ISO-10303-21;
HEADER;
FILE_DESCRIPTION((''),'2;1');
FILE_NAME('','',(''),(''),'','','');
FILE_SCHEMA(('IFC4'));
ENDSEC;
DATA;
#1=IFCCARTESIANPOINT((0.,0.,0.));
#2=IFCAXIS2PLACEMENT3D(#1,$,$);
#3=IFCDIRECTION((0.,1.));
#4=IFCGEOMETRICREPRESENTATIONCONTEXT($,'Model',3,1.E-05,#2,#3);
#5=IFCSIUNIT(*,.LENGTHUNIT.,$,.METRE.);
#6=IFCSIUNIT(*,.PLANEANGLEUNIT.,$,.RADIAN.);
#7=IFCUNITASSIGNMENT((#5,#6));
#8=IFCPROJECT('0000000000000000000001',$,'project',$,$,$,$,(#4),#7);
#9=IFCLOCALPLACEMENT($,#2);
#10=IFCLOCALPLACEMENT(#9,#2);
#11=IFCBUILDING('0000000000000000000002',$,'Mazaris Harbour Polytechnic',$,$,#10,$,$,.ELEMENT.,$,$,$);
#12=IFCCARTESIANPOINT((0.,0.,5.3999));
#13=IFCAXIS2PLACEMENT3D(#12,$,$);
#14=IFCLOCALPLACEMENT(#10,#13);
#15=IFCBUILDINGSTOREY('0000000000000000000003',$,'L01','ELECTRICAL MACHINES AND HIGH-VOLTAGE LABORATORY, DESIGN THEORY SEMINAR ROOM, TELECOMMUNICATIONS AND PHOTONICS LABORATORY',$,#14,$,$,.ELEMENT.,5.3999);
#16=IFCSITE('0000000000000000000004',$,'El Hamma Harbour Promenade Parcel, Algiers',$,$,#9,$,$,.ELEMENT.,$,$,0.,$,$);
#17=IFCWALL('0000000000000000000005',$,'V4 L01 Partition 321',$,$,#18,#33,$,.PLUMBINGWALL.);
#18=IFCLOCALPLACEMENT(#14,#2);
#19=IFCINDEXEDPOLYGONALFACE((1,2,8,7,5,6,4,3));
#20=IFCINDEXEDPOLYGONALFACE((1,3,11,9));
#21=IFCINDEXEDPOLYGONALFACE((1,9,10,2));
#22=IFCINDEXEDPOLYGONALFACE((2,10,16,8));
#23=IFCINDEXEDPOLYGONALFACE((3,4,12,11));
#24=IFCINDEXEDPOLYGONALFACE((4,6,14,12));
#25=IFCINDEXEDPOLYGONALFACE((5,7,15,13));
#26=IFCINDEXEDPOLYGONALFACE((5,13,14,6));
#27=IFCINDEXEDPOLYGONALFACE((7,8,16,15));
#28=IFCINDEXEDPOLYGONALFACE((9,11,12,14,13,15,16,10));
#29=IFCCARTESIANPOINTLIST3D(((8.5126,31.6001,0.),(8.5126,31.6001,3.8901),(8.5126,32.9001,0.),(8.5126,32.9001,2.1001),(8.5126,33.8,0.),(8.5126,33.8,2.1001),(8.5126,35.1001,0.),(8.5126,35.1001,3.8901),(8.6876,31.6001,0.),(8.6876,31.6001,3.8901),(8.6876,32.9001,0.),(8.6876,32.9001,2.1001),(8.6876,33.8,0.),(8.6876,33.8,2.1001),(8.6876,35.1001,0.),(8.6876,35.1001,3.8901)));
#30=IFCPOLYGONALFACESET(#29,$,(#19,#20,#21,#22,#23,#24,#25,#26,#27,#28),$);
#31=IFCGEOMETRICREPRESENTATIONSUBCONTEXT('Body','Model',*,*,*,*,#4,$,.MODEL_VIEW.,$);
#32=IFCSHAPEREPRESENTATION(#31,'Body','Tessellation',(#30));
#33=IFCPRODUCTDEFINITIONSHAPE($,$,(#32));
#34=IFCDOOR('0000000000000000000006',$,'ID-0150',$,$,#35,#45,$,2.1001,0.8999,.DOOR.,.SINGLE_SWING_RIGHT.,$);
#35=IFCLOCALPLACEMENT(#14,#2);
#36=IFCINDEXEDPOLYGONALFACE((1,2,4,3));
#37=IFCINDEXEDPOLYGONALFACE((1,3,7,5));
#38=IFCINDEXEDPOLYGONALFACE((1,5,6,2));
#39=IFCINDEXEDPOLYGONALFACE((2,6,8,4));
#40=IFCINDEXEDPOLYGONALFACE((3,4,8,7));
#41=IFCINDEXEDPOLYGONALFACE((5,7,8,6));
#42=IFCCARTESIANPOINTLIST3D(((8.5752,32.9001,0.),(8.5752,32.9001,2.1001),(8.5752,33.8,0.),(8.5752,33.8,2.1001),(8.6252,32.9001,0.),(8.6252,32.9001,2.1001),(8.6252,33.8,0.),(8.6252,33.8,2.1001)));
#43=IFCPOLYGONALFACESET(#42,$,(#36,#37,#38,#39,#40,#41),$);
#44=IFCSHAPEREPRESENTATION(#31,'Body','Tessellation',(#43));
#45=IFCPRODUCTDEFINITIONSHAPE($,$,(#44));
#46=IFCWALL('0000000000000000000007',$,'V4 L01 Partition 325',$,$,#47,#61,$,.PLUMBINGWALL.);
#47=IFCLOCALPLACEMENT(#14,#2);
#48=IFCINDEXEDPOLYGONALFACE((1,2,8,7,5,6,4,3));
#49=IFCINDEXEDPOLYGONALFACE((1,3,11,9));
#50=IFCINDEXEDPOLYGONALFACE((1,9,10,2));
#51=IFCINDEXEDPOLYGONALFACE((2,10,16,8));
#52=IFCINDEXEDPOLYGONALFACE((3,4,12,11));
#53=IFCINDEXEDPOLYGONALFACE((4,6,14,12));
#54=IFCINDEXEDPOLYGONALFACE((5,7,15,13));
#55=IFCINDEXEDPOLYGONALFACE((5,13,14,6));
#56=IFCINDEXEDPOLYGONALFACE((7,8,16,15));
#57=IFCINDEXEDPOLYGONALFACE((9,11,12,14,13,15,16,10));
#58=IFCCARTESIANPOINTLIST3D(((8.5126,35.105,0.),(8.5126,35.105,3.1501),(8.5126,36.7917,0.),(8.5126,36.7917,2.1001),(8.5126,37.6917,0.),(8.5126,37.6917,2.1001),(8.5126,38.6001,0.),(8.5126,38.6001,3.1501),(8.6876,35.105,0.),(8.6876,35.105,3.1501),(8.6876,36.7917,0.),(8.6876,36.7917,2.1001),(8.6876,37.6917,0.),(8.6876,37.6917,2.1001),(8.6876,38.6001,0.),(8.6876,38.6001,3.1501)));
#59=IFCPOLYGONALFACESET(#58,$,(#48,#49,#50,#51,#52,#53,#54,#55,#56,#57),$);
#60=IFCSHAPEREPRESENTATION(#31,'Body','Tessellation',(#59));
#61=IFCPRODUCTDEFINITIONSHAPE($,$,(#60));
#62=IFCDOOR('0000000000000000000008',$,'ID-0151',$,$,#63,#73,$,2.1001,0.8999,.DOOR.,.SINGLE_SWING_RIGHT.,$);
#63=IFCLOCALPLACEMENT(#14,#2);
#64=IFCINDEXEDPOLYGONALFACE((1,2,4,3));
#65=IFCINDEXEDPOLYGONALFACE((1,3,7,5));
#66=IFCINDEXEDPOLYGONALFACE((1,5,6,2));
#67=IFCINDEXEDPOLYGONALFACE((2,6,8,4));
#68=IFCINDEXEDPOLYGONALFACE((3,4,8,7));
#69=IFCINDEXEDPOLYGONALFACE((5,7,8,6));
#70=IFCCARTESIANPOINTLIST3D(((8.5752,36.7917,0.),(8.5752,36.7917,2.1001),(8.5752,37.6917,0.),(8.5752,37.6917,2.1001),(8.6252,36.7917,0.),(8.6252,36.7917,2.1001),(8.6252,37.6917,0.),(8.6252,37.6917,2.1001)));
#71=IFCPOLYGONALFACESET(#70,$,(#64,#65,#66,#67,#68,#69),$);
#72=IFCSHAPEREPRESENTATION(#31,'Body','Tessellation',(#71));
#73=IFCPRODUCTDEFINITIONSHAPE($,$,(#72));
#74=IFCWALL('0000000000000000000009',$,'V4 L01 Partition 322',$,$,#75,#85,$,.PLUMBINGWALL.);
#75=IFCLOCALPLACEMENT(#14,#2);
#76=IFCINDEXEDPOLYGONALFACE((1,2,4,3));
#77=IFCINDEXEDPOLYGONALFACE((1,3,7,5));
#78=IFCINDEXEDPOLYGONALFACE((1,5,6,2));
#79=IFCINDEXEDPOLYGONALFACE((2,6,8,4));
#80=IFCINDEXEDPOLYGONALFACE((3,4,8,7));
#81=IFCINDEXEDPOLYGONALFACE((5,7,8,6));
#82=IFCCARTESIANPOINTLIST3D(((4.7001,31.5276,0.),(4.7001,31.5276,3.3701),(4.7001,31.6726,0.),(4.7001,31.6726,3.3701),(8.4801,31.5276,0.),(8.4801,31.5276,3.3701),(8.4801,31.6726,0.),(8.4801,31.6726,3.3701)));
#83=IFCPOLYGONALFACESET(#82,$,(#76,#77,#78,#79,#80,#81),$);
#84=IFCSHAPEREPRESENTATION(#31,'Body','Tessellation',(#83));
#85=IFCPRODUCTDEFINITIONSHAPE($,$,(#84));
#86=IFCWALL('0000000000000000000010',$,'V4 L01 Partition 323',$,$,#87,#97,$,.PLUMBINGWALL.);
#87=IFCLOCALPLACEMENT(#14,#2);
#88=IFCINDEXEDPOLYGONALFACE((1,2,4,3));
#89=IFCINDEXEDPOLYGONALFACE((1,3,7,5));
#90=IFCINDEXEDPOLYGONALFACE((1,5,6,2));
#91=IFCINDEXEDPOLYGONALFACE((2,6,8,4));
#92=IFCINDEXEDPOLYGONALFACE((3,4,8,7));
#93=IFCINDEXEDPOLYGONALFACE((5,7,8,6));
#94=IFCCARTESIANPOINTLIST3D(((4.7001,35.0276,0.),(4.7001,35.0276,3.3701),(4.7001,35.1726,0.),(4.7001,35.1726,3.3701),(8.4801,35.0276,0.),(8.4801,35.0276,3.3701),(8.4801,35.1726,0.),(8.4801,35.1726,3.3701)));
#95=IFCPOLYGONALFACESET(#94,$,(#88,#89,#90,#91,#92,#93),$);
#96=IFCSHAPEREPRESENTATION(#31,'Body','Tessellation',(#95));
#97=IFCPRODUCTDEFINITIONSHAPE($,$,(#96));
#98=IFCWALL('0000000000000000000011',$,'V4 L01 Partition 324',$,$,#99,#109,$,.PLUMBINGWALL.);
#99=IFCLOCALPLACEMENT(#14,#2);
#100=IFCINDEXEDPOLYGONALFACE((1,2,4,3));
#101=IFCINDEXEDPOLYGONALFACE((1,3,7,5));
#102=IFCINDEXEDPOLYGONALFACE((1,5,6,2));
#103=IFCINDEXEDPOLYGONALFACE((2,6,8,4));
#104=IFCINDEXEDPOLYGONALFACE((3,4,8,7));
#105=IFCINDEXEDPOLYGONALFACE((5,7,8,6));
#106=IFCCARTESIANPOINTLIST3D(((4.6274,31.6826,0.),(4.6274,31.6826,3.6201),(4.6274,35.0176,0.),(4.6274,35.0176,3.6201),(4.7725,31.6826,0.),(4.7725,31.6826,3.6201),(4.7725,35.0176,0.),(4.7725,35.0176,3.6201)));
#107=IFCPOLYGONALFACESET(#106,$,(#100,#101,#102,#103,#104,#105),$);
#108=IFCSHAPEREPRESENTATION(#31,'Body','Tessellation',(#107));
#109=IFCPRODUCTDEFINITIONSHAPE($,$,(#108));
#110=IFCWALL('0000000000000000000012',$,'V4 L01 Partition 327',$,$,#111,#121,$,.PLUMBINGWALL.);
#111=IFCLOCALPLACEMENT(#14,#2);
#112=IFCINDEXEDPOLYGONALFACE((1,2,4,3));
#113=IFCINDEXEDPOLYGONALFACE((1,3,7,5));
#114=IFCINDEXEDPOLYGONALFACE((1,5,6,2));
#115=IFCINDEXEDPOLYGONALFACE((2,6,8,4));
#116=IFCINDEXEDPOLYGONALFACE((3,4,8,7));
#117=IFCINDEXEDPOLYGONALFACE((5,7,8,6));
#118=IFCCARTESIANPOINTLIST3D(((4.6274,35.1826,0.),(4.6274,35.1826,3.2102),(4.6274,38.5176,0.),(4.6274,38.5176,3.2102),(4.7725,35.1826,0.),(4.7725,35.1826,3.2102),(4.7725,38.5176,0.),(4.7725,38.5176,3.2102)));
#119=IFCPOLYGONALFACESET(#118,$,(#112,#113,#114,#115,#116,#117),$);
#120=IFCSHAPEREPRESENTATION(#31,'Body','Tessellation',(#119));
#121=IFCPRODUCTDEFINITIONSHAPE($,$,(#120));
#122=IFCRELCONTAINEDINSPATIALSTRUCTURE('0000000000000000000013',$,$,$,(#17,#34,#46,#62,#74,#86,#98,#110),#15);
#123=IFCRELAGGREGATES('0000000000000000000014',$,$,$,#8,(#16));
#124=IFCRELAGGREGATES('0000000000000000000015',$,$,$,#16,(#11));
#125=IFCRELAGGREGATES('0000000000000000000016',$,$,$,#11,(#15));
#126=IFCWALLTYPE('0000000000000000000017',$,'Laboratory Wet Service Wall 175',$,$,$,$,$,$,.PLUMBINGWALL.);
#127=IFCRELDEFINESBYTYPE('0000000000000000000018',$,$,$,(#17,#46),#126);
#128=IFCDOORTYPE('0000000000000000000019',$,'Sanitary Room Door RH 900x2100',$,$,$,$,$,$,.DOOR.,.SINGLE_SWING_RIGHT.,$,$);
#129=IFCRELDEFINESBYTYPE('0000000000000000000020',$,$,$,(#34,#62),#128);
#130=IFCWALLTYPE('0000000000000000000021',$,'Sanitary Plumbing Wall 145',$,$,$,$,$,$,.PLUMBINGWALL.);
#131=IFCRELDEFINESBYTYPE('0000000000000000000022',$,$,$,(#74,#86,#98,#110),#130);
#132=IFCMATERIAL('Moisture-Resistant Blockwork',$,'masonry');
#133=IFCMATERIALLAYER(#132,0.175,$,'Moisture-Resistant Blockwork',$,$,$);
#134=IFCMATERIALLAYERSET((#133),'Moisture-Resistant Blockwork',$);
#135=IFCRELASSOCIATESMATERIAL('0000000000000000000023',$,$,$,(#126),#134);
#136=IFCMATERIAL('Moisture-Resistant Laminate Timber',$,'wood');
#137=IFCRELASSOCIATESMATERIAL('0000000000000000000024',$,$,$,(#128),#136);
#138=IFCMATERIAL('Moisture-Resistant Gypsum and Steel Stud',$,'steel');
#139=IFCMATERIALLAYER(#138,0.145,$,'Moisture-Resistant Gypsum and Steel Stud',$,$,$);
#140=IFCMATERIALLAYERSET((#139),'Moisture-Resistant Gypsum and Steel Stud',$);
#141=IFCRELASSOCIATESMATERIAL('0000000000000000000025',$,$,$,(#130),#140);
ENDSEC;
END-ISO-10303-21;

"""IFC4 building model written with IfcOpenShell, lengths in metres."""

from ifc_helpers import new_model, si_unit, direction, frame, frame_2d, origin, place, context, subcontext, project, spatial, rectangle, extrude, material, layer, layer_set, type_object, element, fill, save


model = new_model("IFC4")

# Units and contexts
model_context = context("Model", 3, precision=1e-05, world=origin(), true_north=direction((0.0, 1.0)))
body_context = subcontext(model_context, "Body", "Model", "MODEL_VIEW")
ifc_project = project(units=[si_unit("LENGTHUNIT", "METRE"), si_unit("PLANEANGLEUNIT", "RADIAN")], contexts=[model_context])

# Site, building, storey
site_placement = place(None, origin())
site = spatial("IfcSite", under=ifc_project, at=site_placement, Name="El Hamma Harbour Promenade Parcel, Algiers", CompositionType="ELEMENT", RefElevation=0.0)
building_placement = place(site_placement, origin())
building = spatial("IfcBuilding", under=site, at=building_placement, Name="Mazaris Harbour Polytechnic", CompositionType="ELEMENT")
storey_placement = place(building_placement, frame((0.0, 0.0, 5.3999)))
storey = spatial("IfcBuildingStorey", under=building, at=storey_placement, Name="L01", Description="ELECTRICAL MACHINES AND HIGH-VOLTAGE LABORATORY, DESIGN THEORY SEMINAR ROOM, TELECOMMUNICATIONS AND PHOTONICS LABORATORY", CompositionType="ELEMENT", Elevation=5.3999)

# Walls, openings, doors
ifc_material_1 = material(Name="Moisture-Resistant Blockwork", Category="masonry")
ifc_layer_1 = layer(ifc_material_1, 0.175, Name="Moisture-Resistant Blockwork")
ifc_layer_set_1 = layer_set([ifc_layer_1], Name="Moisture-Resistant Blockwork")
wall_type_1 = type_object("IfcWallType", Name="Laboratory Wet Service Wall 175", PredefinedType="PLUMBINGWALL", material=ifc_layer_set_1)
wall_1_placement = place(storey_placement, frame((8.6001, 31.6001, 0.0), z_axis=(0.0, 0.0, 1.0), x_axis=(0.0, 1.0, 0.0)))
wall_1 = element("IfcWall", 1, at=wall_1_placement, inside=storey, type_object=wall_type_1, Name="V4 L01 Partition 321", PredefinedType="PLUMBINGWALL", context=body_context, shape_type="SweptSolid", body=[
    extrude(rectangle(XDim=3.5, YDim=0.175, at=frame_2d((1.75, 0.0))), origin(), (0.0, 0.0, 1.0), 3.8901),
])
opening_1_placement = place(wall_1_placement, frame((1.3, 0.0, 0.0)))
opening_1 = element("IfcOpeningElement", 2, at=opening_1_placement, cuts=wall_1, PredefinedType="OPENING", context=body_context, shape_type="SweptSolid", body=[
    extrude(rectangle(XDim=0.8999, YDim=2.1001, at=frame_2d((0.45, 1.05))), frame((0.0, 0.0974, 0.0), z_axis=(0.0, -1.0, 0.0), x_axis=(1.0, 0.0, 0.0)), (0.0, 0.0, 1.0), 0.1951),
])
ifc_material_2 = material(Name="Moisture-Resistant Laminate Timber", Category="wood")
door_type_1 = type_object("IfcDoorType", Name="Sanitary Room Door RH 900x2100", OperationType="SINGLE_SWING_RIGHT", PredefinedType="DOOR", material=ifc_material_2)
door_1_placement = place(opening_1_placement, origin())
door_1 = element("IfcDoor", 3, at=door_1_placement, inside=storey, type_object=door_type_1, Name="ID-0150", OperationType="SINGLE_SWING_RIGHT", OverallHeight=2.1001, OverallWidth=0.8999, PredefinedType="DOOR", context=body_context, shape_type="SweptSolid", body=[
    extrude(rectangle(XDim=0.8999, YDim=2.1001, at=frame_2d((0.45, 1.05))), frame((0.0, 0.0249, 0.0), z_axis=(0.0, -1.0, 0.0), x_axis=(1.0, 0.0, 0.0)), (0.0, 0.0, 1.0), 0.05),
])
fill(opening_1, door_1)
wall_2_placement = place(storey_placement, frame((8.6001, 35.105, 0.0), z_axis=(0.0, 0.0, 1.0), x_axis=(0.0, 1.0, 0.0)))
wall_2 = element("IfcWall", 4, at=wall_2_placement, inside=storey, type_object=wall_type_1, Name="V4 L01 Partition 325", PredefinedType="PLUMBINGWALL", context=body_context, shape_type="SweptSolid", body=[
    extrude(rectangle(XDim=3.4951, YDim=0.175, at=frame_2d((1.7476, 0.0))), origin(), (0.0, 0.0, 1.0), 3.1501),
])
opening_2_placement = place(wall_2_placement, frame((1.6868, 0.0, 0.0)))
opening_2 = element("IfcOpeningElement", 5, at=opening_2_placement, cuts=wall_2, PredefinedType="OPENING", context=body_context, shape_type="SweptSolid", body=[
    extrude(rectangle(XDim=0.8999, YDim=2.1001, at=frame_2d((0.45, 1.05))), frame((0.0, 0.0974, 0.0), z_axis=(0.0, -1.0, 0.0), x_axis=(1.0, 0.0, 0.0)), (0.0, 0.0, 1.0), 0.1951),
])
door_2_placement = place(opening_2_placement, origin())
door_2 = element("IfcDoor", 6, at=door_2_placement, inside=storey, type_object=door_type_1, Name="ID-0151", OperationType="SINGLE_SWING_RIGHT", OverallHeight=2.1001, OverallWidth=0.8999, PredefinedType="DOOR", context=body_context, shape_type="SweptSolid", body=[
    extrude(rectangle(XDim=0.8999, YDim=2.1001, at=frame_2d((0.45, 1.05))), frame((0.0, 0.0249, 0.0), z_axis=(0.0, -1.0, 0.0), x_axis=(1.0, 0.0, 0.0)), (0.0, 0.0, 1.0), 0.05),
])
fill(opening_2, door_2)

# Walls
ifc_material_3 = material(Name="Moisture-Resistant Gypsum and Steel Stud", Category="steel")
ifc_layer_2 = layer(ifc_material_3, 0.145, Name="Moisture-Resistant Gypsum and Steel Stud")
ifc_layer_set_2 = layer_set([ifc_layer_2], Name="Moisture-Resistant Gypsum and Steel Stud")
wall_type_2 = type_object("IfcWallType", Name="Sanitary Plumbing Wall 145", PredefinedType="PLUMBINGWALL", material=ifc_layer_set_2)
for number, where, z_axis, x_axis, name in (
    (7, (4.7, 31.6001, 0.0), (0.0, 0.0, 1.0), (1.0, 0.0, 0.0), "V4 L01 Partition 322"),
    (8, (4.7, 35.1001, 0.0), (0.0, 0.0, 1.0), (1.0, 0.0, 0.0), "V4 L01 Partition 323"),
):
    element("IfcWall", number, at=place(storey_placement, frame(where, z_axis=z_axis, x_axis=x_axis)), inside=storey, type_object=wall_type_2, Name=name, PredefinedType="PLUMBINGWALL", context=body_context, shape_type="SweptSolid", body=[
        extrude(rectangle(XDim=3.78, YDim=0.145, at=frame_2d((1.8901, 0.0))), origin(), (0.0, 0.0, 1.0), 3.3701),
    ])
wall_3_placement = place(storey_placement, frame((4.7, 31.6826, 0.0), z_axis=(0.0, 0.0, 1.0), x_axis=(0.0, 1.0, 0.0)))
element("IfcWall", 9, at=wall_3_placement, inside=storey, type_object=wall_type_2, Name="V4 L01 Partition 324", PredefinedType="PLUMBINGWALL", context=body_context, shape_type="SweptSolid", body=[
    extrude(rectangle(XDim=3.335, YDim=0.145, at=frame_2d((1.6675, 0.0))), origin(), (0.0, 0.0, 1.0), 3.6201),
])
wall_4_placement = place(storey_placement, frame((4.7, 35.1826, 0.0), z_axis=(0.0, 0.0, 1.0), x_axis=(0.0, 1.0, 0.0)))
element("IfcWall", 10, at=wall_4_placement, inside=storey, type_object=wall_type_2, Name="V4 L01 Partition 327", PredefinedType="PLUMBINGWALL", context=body_context, shape_type="SweptSolid", body=[
    extrude(rectangle(XDim=3.335, YDim=0.145, at=frame_2d((1.6675, 0.0))), origin(), (0.0, 0.0, 1.0), 3.2102),
])

save(model, "model.ifc")
